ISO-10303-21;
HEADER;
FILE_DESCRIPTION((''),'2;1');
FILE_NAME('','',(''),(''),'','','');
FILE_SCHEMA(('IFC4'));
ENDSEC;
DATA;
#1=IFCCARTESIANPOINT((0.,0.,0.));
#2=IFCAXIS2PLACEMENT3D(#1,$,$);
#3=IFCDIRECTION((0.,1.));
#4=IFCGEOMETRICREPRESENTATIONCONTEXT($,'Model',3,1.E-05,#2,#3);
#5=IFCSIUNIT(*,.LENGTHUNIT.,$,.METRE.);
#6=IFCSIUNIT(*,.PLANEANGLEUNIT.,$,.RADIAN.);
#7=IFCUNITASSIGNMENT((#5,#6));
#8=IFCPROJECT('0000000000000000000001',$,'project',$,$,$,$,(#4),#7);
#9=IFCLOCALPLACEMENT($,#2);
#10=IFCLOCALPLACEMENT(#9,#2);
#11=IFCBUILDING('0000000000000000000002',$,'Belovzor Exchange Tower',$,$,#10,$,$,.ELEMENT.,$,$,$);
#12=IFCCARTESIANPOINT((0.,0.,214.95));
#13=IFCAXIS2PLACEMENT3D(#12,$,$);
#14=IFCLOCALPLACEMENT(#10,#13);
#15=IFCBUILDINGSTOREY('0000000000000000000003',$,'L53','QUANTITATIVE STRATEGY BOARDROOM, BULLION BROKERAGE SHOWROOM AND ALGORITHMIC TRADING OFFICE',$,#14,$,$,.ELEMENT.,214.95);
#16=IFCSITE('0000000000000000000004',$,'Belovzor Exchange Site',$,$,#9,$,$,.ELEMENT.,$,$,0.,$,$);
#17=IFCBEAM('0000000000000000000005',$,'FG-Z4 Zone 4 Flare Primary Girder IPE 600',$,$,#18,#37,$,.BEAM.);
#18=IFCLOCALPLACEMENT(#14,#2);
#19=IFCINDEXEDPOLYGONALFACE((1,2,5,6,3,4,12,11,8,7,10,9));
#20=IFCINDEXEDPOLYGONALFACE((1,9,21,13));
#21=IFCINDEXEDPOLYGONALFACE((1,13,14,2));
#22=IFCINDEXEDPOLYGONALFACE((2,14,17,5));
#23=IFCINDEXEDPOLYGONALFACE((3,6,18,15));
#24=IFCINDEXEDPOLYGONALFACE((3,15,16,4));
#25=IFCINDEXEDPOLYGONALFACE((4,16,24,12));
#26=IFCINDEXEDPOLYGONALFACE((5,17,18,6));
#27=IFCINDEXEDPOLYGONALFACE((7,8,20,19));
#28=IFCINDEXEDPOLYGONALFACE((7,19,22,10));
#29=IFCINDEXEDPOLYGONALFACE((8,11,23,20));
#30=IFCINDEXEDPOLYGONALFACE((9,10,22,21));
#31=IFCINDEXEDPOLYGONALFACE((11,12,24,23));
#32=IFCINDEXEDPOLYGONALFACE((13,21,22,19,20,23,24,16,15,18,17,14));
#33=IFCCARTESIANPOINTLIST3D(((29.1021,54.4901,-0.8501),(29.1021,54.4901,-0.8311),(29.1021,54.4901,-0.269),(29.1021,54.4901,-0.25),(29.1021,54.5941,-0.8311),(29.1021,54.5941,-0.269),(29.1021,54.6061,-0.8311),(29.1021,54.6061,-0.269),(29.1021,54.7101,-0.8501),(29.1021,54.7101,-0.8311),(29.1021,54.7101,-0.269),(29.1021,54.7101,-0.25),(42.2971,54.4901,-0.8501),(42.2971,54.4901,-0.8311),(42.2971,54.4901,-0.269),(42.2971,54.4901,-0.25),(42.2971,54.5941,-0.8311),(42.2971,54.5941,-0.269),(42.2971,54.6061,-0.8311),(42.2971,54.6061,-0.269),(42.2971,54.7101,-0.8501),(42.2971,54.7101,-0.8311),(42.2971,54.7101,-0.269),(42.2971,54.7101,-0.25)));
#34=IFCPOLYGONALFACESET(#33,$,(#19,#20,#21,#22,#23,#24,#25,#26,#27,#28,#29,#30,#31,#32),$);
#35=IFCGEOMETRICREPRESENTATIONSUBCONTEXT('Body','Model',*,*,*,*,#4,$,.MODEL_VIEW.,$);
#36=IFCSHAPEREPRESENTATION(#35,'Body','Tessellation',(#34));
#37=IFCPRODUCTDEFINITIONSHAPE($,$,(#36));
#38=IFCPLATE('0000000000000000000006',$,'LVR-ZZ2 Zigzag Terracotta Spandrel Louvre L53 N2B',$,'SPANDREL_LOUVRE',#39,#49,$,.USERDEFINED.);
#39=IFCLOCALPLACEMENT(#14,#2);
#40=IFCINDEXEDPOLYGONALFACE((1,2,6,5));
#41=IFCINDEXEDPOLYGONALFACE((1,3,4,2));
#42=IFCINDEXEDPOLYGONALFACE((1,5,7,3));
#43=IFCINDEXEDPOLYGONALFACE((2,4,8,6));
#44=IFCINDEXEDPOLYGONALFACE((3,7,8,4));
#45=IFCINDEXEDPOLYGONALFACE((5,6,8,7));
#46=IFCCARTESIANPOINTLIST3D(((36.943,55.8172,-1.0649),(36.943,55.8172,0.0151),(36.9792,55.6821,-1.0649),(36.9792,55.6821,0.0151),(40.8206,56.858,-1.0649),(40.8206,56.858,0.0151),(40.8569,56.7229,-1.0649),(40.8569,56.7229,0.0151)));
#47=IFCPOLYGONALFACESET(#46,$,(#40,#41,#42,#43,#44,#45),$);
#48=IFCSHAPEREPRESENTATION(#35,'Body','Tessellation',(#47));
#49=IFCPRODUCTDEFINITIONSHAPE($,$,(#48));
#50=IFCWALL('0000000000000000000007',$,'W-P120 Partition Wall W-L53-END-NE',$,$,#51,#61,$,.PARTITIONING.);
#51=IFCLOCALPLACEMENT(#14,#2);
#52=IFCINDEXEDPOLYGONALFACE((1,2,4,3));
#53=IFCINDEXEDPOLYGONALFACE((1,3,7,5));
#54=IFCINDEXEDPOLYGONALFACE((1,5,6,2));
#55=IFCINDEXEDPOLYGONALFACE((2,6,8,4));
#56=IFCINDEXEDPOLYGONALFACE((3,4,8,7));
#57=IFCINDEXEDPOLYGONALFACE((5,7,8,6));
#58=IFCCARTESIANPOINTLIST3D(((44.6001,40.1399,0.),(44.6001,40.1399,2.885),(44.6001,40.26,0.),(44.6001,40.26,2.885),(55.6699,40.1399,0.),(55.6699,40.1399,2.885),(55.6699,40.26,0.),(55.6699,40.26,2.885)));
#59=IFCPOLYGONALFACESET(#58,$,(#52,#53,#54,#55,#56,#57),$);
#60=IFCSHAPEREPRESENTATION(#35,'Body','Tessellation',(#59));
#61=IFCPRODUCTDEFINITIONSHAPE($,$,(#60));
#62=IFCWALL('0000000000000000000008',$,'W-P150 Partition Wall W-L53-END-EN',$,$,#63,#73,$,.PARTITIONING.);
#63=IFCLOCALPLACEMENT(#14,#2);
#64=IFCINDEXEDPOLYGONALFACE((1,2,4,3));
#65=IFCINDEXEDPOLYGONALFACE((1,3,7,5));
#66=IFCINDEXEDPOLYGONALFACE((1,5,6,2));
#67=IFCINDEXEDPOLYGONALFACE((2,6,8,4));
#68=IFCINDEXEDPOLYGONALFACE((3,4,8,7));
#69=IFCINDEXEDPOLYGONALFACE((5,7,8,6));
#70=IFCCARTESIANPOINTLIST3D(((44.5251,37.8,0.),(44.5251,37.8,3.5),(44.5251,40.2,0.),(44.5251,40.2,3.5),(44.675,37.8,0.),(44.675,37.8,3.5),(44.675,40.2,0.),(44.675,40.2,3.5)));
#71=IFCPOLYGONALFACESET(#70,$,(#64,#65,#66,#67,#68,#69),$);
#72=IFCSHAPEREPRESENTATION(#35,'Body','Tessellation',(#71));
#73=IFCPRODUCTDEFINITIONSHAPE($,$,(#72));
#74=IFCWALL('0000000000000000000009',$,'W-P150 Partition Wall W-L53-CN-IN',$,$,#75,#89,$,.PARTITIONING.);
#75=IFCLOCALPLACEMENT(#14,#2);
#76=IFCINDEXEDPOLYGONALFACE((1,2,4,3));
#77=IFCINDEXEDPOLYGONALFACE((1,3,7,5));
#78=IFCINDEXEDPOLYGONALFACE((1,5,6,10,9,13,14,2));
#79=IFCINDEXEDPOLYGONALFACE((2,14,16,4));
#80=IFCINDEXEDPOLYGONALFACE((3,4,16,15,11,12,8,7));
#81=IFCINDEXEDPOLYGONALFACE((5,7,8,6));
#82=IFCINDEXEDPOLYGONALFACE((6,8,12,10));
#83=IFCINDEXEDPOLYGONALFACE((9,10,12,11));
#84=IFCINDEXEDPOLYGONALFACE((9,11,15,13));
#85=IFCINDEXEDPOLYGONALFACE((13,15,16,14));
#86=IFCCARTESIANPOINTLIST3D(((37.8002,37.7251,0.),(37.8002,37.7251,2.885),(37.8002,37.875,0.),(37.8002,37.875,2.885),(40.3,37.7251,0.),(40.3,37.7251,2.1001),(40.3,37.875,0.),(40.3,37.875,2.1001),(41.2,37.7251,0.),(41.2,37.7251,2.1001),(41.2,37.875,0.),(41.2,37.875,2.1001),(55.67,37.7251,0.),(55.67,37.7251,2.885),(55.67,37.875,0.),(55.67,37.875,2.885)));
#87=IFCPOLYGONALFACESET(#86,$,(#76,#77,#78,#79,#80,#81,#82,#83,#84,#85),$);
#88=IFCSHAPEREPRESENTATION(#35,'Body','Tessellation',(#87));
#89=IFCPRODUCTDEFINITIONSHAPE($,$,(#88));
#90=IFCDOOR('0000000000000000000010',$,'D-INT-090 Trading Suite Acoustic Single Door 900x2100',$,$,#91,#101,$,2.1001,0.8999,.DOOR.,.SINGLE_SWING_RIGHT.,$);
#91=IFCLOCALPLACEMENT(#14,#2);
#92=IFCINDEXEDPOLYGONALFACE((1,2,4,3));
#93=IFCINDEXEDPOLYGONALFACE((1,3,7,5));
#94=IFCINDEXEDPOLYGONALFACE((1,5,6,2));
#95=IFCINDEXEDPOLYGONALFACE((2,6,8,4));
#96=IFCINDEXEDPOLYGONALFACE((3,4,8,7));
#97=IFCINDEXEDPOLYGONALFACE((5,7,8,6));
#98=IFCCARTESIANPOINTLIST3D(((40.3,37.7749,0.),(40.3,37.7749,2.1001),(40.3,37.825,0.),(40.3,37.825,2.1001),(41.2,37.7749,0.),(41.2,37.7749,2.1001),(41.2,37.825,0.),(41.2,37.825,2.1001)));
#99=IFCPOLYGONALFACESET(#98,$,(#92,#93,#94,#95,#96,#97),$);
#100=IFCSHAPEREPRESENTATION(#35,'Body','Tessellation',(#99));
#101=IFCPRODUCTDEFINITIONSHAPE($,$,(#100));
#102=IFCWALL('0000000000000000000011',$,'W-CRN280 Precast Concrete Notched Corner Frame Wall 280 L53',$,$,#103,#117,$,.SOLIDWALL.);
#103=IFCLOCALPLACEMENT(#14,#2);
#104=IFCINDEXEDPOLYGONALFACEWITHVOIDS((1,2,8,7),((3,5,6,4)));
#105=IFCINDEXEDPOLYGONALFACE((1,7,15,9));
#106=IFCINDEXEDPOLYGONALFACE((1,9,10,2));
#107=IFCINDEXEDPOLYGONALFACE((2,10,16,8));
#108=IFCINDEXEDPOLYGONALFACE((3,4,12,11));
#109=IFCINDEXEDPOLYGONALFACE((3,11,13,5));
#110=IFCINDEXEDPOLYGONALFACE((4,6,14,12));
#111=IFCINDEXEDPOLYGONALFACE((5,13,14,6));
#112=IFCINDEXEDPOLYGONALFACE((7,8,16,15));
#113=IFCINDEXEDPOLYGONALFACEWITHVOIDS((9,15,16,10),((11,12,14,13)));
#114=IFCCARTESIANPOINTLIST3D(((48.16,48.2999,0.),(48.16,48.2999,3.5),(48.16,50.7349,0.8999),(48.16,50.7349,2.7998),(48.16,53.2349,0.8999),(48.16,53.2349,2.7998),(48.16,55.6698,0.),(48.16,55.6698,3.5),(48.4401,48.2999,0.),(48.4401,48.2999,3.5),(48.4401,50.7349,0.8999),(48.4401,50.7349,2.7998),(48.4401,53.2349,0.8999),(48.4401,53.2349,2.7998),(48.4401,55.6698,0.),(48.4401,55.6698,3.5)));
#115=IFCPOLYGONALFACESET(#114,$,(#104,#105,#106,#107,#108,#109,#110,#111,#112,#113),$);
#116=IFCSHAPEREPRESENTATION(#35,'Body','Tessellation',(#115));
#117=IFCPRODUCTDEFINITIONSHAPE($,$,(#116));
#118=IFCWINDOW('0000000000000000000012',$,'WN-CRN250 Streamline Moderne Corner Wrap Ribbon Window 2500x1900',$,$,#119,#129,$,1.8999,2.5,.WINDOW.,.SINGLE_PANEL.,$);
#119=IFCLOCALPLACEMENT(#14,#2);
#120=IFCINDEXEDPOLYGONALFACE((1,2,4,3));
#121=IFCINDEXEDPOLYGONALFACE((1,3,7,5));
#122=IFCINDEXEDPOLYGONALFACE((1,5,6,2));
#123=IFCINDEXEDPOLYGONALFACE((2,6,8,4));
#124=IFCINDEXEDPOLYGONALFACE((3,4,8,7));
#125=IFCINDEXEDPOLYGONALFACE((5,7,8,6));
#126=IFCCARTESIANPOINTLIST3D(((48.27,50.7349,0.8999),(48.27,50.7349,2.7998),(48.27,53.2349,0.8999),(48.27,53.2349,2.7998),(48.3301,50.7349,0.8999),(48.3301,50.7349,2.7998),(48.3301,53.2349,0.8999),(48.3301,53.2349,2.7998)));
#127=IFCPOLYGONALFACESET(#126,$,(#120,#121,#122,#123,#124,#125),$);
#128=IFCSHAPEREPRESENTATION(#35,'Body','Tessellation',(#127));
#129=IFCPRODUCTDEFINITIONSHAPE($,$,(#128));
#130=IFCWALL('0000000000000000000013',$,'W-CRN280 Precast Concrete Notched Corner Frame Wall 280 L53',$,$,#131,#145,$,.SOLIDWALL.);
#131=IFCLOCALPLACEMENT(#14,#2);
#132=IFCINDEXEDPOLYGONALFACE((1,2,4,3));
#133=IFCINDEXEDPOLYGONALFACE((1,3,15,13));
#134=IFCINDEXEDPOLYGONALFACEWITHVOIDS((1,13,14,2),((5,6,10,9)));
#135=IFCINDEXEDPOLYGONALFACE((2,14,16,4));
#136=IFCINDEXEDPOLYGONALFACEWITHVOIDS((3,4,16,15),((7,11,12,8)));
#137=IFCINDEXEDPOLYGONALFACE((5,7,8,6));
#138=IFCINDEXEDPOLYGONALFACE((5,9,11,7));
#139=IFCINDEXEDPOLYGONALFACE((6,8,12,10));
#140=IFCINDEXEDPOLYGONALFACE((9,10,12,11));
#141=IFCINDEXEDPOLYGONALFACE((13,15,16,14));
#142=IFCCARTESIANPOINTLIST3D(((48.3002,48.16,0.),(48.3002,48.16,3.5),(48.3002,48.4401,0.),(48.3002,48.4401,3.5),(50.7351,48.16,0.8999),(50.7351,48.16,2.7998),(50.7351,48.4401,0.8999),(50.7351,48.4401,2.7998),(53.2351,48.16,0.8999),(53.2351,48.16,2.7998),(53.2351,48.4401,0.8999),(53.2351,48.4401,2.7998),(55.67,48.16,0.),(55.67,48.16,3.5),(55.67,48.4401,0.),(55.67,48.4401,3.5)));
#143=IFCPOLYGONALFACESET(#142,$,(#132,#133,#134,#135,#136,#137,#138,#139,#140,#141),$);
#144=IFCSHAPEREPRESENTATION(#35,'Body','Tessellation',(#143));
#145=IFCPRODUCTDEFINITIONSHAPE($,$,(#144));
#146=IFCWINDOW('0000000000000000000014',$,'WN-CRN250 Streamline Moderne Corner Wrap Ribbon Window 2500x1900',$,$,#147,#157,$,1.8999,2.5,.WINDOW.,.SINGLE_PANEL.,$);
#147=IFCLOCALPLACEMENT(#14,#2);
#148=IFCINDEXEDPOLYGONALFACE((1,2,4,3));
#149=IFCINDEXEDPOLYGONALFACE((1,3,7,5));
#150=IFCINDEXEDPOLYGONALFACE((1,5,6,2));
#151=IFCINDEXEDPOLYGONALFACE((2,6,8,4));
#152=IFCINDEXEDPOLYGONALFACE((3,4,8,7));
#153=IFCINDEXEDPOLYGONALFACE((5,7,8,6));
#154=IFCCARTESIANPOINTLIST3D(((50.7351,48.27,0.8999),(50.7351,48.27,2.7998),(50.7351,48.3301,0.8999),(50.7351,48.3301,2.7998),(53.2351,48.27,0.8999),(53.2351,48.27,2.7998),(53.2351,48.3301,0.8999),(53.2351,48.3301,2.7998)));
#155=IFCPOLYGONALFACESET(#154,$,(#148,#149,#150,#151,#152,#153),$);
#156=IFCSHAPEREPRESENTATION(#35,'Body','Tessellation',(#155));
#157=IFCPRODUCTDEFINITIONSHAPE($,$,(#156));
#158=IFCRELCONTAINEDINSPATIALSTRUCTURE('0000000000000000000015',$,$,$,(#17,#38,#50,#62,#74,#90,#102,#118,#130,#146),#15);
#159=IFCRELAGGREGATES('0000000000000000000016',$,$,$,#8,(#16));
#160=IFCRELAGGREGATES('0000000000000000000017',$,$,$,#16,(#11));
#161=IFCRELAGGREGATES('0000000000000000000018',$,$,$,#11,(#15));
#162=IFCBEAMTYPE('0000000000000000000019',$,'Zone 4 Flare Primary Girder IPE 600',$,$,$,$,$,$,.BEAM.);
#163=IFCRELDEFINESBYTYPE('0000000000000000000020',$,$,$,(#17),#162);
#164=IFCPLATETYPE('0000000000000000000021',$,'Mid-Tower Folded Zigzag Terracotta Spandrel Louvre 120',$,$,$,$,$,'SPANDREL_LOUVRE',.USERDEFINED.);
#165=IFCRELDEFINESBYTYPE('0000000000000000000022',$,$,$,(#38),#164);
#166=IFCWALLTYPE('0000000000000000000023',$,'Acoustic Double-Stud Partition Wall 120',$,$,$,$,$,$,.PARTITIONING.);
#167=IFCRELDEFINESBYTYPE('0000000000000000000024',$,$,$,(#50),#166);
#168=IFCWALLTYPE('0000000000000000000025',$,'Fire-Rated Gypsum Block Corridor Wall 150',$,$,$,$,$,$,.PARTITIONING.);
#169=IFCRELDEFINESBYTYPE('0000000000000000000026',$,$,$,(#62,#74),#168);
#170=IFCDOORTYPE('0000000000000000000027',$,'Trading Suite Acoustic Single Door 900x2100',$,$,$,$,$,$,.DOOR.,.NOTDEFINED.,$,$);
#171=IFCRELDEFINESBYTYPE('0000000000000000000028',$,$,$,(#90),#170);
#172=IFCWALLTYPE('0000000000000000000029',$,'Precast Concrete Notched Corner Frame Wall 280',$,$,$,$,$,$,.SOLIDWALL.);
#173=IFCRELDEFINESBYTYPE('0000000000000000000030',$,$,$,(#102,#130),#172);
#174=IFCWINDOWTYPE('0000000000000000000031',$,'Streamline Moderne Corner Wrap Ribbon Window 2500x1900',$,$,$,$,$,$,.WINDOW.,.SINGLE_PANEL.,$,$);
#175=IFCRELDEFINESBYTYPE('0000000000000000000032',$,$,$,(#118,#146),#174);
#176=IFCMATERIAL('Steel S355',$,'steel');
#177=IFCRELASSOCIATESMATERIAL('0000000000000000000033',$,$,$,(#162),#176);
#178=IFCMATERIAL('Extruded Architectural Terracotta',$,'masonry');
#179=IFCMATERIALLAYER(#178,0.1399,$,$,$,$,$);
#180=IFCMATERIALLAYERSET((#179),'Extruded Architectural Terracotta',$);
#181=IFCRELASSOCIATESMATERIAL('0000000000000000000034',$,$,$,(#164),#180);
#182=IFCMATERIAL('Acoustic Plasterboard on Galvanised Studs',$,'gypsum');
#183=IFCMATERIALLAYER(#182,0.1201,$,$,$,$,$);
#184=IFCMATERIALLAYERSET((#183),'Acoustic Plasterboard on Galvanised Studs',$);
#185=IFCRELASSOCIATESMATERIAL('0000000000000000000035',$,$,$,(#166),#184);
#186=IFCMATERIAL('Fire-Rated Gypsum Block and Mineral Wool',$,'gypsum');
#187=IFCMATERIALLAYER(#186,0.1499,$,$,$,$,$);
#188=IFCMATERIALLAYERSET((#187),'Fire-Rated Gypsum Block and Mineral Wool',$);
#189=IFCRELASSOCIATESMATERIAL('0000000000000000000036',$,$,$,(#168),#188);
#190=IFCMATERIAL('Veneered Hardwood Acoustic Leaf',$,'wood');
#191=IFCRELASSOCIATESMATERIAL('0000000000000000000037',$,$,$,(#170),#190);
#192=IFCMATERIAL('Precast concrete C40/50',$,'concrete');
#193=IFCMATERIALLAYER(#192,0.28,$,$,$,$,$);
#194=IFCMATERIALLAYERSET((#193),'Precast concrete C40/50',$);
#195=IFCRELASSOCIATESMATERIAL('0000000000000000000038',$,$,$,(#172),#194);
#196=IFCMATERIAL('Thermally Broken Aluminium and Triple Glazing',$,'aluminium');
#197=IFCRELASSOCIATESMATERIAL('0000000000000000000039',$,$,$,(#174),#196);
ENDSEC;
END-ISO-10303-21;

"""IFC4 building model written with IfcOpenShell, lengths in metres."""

from ifc_helpers import new_model, si_unit, direction, frame, frame_2d, origin, origin_2d, place, context, subcontext, project, spatial, rectangle, i_section, extrude, material, layer, layer_set, material_profile, profile_set, type_object, element, fill, save


model = new_model("IFC4")

# Units and contexts
model_context = context("Model", 3, precision=1e-05, world=origin(), true_north=direction((0.0, 1.0)))
body_context = subcontext(model_context, "Body", "Model", "MODEL_VIEW")
ifc_project = project(units=[si_unit("LENGTHUNIT", "METRE"), si_unit("PLANEANGLEUNIT", "RADIAN")], contexts=[model_context])

# Site, building, storey
site_placement = place(None, origin())
site = spatial("IfcSite", under=ifc_project, at=site_placement, Name="Belovzor Exchange Site", CompositionType="ELEMENT", RefElevation=0.0)
building_placement = place(site_placement, origin())
building = spatial("IfcBuilding", under=site, at=building_placement, Name="Belovzor Exchange Tower", CompositionType="ELEMENT")
storey_placement = place(building_placement, frame((0.0, 0.0, 214.95)))
storey = spatial("IfcBuildingStorey", under=building, at=storey_placement, Name="L53", Description="QUANTITATIVE STRATEGY BOARDROOM, BULLION BROKERAGE SHOWROOM AND ALGORITHMIC TRADING OFFICE", CompositionType="ELEMENT", Elevation=214.95)

# Beam
ifc_material_1 = material(Name="Steel S355", Category="steel")
ifc_material_profile_1 = material_profile(ifc_material_1, i_section(OverallWidth=0.22, OverallDepth=0.6001, WebThickness=0.012, FlangeThickness=0.019, at=origin_2d()))
ifc_profile_set_1 = profile_set([ifc_material_profile_1], Name="Steel S355")
beam_type_1 = type_object("IfcBeamType", Name="Zone 4 Flare Primary Girder IPE 600", PredefinedType="BEAM", material=ifc_profile_set_1)
beam_1_placement = place(storey_placement, frame((42.2971, 54.6001, -0.55), z_axis=(-1.0, 0.0, 0.0), x_axis=(0.0, -1.0, 0.0)))
element("IfcBeam", 1, at=beam_1_placement, inside=storey, type_object=beam_type_1, Name="FG-Z4 Zone 4 Flare Primary Girder IPE 600", PredefinedType="BEAM", context=body_context, shape_type="SweptSolid", body=[
    extrude(i_section(OverallWidth=0.22, OverallDepth=0.6001, WebThickness=0.012, FlangeThickness=0.019, at=origin_2d()), origin(), (0.0, 0.0, 1.0), 13.1951),
])

# Plate
ifc_material_2 = material(Name="Extruded Architectural Terracotta", Category="masonry")
ifc_layer_1 = layer(ifc_material_2, 0.1399)
ifc_layer_set_1 = layer_set([ifc_layer_1], Name="Extruded Architectural Terracotta")
plate_type = type_object("IfcPlateType", Name="Mid-Tower Folded Zigzag Terracotta Spandrel Louvre 120", ElementType="SPANDREL_LOUVRE", PredefinedType="USERDEFINED", material=ifc_layer_set_1)
plate_placement = place(storey_placement, frame((38.8999, 56.27, -1.0649), z_axis=(0.0, 0.0, 1.0), x_axis=(0.965813, 0.25924, 0.0)))
element("IfcPlate", 2, at=plate_placement, inside=storey, type_object=plate_type, Name="LVR-ZZ2 Zigzag Terracotta Spandrel Louvre L53 N2B", ObjectType="SPANDREL_LOUVRE", PredefinedType="USERDEFINED", context=body_context, shape_type="SweptSolid", body=[
    extrude(rectangle(XDim=4.0149, YDim=0.1399, at=origin_2d()), origin(), (0.0, 0.0, 1.0), 1.0801),
])

# Walls
ifc_material_3 = material(Name="Acoustic Plasterboard on Galvanised Studs", Category="gypsum")
ifc_layer_2 = layer(ifc_material_3, 0.1201)
ifc_layer_set_2 = layer_set([ifc_layer_2], Name="Acoustic Plasterboard on Galvanised Studs")
wall_type_1 = type_object("IfcWallType", Name="Acoustic Double-Stud Partition Wall 120", PredefinedType="PARTITIONING", material=ifc_layer_set_2)
wall_1_placement = place(storey_placement, frame((44.6001, 40.2, 0.0), z_axis=(0.0, 0.0, 1.0), x_axis=(1.0, 0.0, 0.0)))
element("IfcWall", 3, at=wall_1_placement, inside=storey, type_object=wall_type_1, Name="W-P120 Partition Wall W-L53-END-NE", PredefinedType="PARTITIONING", context=body_context, shape_type="SweptSolid", body=[
    extrude(rectangle(XDim=11.0698, YDim=0.1201, at=frame_2d((5.5349, 0.0))), origin(), (0.0, 0.0, 1.0), 2.885),
])
ifc_material_4 = material(Name="Fire-Rated Gypsum Block and Mineral Wool", Category="gypsum")
ifc_layer_3 = layer(ifc_material_4, 0.1499)
ifc_layer_set_3 = layer_set([ifc_layer_3], Name="Fire-Rated Gypsum Block and Mineral Wool")
wall_type_2 = type_object("IfcWallType", Name="Fire-Rated Gypsum Block Corridor Wall 150", PredefinedType="PARTITIONING", material=ifc_layer_set_3)
wall_2_placement = place(storey_placement, frame((44.6001, 37.8, 0.0), z_axis=(0.0, 0.0, 1.0), x_axis=(0.0, 1.0, 0.0)))
element("IfcWall", 4, at=wall_2_placement, inside=storey, type_object=wall_type_2, Name="W-P150 Partition Wall W-L53-END-EN", PredefinedType="PARTITIONING", context=body_context, shape_type="SweptSolid", body=[
    extrude(rectangle(XDim=2.3999, YDim=0.1499, at=frame_2d((1.2, 0.0))), origin(), (0.0, 0.0, 1.0), 3.5),
])

# Wall, opening, door
wall_3_placement = place(storey_placement, frame((37.8, 37.8, 0.0), z_axis=(0.0, 0.0, 1.0), x_axis=(1.0, 0.0, 0.0)))
wall_3 = element("IfcWall", 5, at=wall_3_placement, inside=storey, type_object=wall_type_2, Name="W-P150 Partition Wall W-L53-CN-IN", PredefinedType="PARTITIONING", context=body_context, shape_type="SweptSolid", body=[
    extrude(rectangle(XDim=17.8699, YDim=0.1499, at=frame_2d((8.9351, 0.0))), origin(), (0.0, 0.0, 1.0), 2.885),
])
opening_1_placement = place(wall_3_placement, frame((2.5, 0.0, 0.0)))
opening_1 = element("IfcOpeningElement", 6, at=opening_1_placement, cuts=wall_3, PredefinedType="OPENING", context=body_context, shape_type="SweptSolid", body=[
    extrude(rectangle(XDim=0.8999, YDim=2.1001, at=frame_2d((0.45, 1.05))), frame((0.0, 0.085, 0.0), z_axis=(0.0, -1.0, 0.0), x_axis=(1.0, 0.0, 0.0)), (0.0, 0.0, 1.0), 0.1699),
])
ifc_material_5 = material(Name="Veneered Hardwood Acoustic Leaf", Category="wood")
door_type_1 = type_object("IfcDoorType", Name="Trading Suite Acoustic Single Door 900x2100", OperationType="NOTDEFINED", PredefinedType="DOOR", material=ifc_material_5)
door_1_placement = place(opening_1_placement, origin())
door_1 = element("IfcDoor", 7, at=door_1_placement, inside=storey, type_object=door_type_1, Name="D-INT-090 Trading Suite Acoustic Single Door 900x2100", OperationType="SINGLE_SWING_RIGHT", OverallHeight=2.1001, OverallWidth=0.8999, PredefinedType="DOOR", context=body_context, shape_type="SweptSolid", body=[
    extrude(rectangle(XDim=0.8999, YDim=2.1001, at=frame_2d((0.45, 1.05))), frame((0.0, 0.0249, 0.0), z_axis=(0.0, -1.0, 0.0), x_axis=(1.0, 0.0, 0.0)), (0.0, 0.0, 1.0), 0.05),
])
fill(opening_1, door_1)

# Walls, openings, windows
ifc_material_6 = material(Name="Precast concrete C40/50", Category="concrete")
ifc_layer_4 = layer(ifc_material_6, 0.28)
ifc_layer_set_4 = layer_set([ifc_layer_4], Name="Precast concrete C40/50")
wall_type_3 = type_object("IfcWallType", Name="Precast Concrete Notched Corner Frame Wall 280", PredefinedType="SOLIDWALL", material=ifc_layer_set_4)
wall_4_placement = place(storey_placement, frame((48.3, 55.6699, 0.0), z_axis=(0.0, 0.0, 1.0), x_axis=(0.0, -1.0, 0.0)))
wall_4 = element("IfcWall", 8, at=wall_4_placement, inside=storey, type_object=wall_type_3, Name="W-CRN280 Precast Concrete Notched Corner Frame Wall 280 L53", PredefinedType="SOLIDWALL", context=body_context, shape_type="SweptSolid", body=[
    extrude(rectangle(XDim=7.3699, YDim=0.28, at=frame_2d((3.6851, 0.0))), origin(), (0.0, 0.0, 1.0), 3.5),
])
opening_2_placement = place(wall_4_placement, frame((2.4351, 0.0, 0.8999)))
opening_2 = element("IfcOpeningElement", 9, at=opening_2_placement, cuts=wall_4, PredefinedType="OPENING", context=body_context, shape_type="SweptSolid", body=[
    extrude(rectangle(XDim=2.5, YDim=1.8999, at=frame_2d((1.25, 0.95))), frame((0.0, 0.1499, 0.0), z_axis=(0.0, -1.0, 0.0), x_axis=(1.0, 0.0, 0.0)), (0.0, 0.0, 1.0), 0.3),
])
ifc_material_7 = material(Name="Thermally Broken Aluminium and Triple Glazing", Category="aluminium")
window_type = type_object("IfcWindowType", Name="Streamline Moderne Corner Wrap Ribbon Window 2500x1900", PartitioningType="SINGLE_PANEL", PredefinedType="WINDOW", material=ifc_material_7)
window_1_placement = place(opening_2_placement, origin())
window_1 = element("IfcWindow", 10, at=window_1_placement, inside=storey, type_object=window_type, Name="WN-CRN250 Streamline Moderne Corner Wrap Ribbon Window 2500x1900", OverallHeight=1.8999, OverallWidth=2.5, PartitioningType="SINGLE_PANEL", PredefinedType="WINDOW", context=body_context, shape_type="SweptSolid", body=[
    extrude(rectangle(XDim=2.5, YDim=1.8999, at=frame_2d((1.25, 0.95))), frame((0.0, 0.03, 0.0), z_axis=(0.0, -1.0, 0.0), x_axis=(1.0, 0.0, 0.0)), (0.0, 0.0, 1.0), 0.0601),
])
fill(opening_2, window_1)
wall_5_placement = place(storey_placement, frame((48.3, 48.3, 0.0), z_axis=(0.0, 0.0, 1.0), x_axis=(1.0, 0.0, 0.0)))
wall_5 = element("IfcWall", 11, at=wall_5_placement, inside=storey, type_object=wall_type_3, Name="W-CRN280 Precast Concrete Notched Corner Frame Wall 280 L53", PredefinedType="SOLIDWALL", context=body_context, shape_type="SweptSolid", body=[
    extrude(rectangle(XDim=7.3699, YDim=0.28, at=frame_2d((3.6851, 0.0))), origin(), (0.0, 0.0, 1.0), 3.5),
])
opening_3_placement = place(wall_5_placement, frame((2.4351, 0.0, 0.8999)))
opening_3 = element("IfcOpeningElement", 12, at=opening_3_placement, cuts=wall_5, PredefinedType="OPENING", context=body_context, shape_type="SweptSolid", body=[
    extrude(rectangle(XDim=2.5, YDim=1.8999, at=frame_2d((1.25, 0.95))), frame((0.0, 0.1499, 0.0), z_axis=(0.0, -1.0, 0.0), x_axis=(1.0, 0.0, 0.0)), (0.0, 0.0, 1.0), 0.3),
])
window_2_placement = place(opening_3_placement, origin())
window_2 = element("IfcWindow", 13, at=window_2_placement, inside=storey, type_object=window_type, Name="WN-CRN250 Streamline Moderne Corner Wrap Ribbon Window 2500x1900", OverallHeight=1.8999, OverallWidth=2.5, PartitioningType="SINGLE_PANEL", PredefinedType="WINDOW", context=body_context, shape_type="SweptSolid", body=[
    extrude(rectangle(XDim=2.5, YDim=1.8999, at=frame_2d((1.25, 0.95))), frame((0.0, 0.03, 0.0), z_axis=(0.0, -1.0, 0.0), x_axis=(1.0, 0.0, 0.0)), (0.0, 0.0, 1.0), 0.0601),
])
fill(opening_3, window_2)

save(model, "model.ifc")
